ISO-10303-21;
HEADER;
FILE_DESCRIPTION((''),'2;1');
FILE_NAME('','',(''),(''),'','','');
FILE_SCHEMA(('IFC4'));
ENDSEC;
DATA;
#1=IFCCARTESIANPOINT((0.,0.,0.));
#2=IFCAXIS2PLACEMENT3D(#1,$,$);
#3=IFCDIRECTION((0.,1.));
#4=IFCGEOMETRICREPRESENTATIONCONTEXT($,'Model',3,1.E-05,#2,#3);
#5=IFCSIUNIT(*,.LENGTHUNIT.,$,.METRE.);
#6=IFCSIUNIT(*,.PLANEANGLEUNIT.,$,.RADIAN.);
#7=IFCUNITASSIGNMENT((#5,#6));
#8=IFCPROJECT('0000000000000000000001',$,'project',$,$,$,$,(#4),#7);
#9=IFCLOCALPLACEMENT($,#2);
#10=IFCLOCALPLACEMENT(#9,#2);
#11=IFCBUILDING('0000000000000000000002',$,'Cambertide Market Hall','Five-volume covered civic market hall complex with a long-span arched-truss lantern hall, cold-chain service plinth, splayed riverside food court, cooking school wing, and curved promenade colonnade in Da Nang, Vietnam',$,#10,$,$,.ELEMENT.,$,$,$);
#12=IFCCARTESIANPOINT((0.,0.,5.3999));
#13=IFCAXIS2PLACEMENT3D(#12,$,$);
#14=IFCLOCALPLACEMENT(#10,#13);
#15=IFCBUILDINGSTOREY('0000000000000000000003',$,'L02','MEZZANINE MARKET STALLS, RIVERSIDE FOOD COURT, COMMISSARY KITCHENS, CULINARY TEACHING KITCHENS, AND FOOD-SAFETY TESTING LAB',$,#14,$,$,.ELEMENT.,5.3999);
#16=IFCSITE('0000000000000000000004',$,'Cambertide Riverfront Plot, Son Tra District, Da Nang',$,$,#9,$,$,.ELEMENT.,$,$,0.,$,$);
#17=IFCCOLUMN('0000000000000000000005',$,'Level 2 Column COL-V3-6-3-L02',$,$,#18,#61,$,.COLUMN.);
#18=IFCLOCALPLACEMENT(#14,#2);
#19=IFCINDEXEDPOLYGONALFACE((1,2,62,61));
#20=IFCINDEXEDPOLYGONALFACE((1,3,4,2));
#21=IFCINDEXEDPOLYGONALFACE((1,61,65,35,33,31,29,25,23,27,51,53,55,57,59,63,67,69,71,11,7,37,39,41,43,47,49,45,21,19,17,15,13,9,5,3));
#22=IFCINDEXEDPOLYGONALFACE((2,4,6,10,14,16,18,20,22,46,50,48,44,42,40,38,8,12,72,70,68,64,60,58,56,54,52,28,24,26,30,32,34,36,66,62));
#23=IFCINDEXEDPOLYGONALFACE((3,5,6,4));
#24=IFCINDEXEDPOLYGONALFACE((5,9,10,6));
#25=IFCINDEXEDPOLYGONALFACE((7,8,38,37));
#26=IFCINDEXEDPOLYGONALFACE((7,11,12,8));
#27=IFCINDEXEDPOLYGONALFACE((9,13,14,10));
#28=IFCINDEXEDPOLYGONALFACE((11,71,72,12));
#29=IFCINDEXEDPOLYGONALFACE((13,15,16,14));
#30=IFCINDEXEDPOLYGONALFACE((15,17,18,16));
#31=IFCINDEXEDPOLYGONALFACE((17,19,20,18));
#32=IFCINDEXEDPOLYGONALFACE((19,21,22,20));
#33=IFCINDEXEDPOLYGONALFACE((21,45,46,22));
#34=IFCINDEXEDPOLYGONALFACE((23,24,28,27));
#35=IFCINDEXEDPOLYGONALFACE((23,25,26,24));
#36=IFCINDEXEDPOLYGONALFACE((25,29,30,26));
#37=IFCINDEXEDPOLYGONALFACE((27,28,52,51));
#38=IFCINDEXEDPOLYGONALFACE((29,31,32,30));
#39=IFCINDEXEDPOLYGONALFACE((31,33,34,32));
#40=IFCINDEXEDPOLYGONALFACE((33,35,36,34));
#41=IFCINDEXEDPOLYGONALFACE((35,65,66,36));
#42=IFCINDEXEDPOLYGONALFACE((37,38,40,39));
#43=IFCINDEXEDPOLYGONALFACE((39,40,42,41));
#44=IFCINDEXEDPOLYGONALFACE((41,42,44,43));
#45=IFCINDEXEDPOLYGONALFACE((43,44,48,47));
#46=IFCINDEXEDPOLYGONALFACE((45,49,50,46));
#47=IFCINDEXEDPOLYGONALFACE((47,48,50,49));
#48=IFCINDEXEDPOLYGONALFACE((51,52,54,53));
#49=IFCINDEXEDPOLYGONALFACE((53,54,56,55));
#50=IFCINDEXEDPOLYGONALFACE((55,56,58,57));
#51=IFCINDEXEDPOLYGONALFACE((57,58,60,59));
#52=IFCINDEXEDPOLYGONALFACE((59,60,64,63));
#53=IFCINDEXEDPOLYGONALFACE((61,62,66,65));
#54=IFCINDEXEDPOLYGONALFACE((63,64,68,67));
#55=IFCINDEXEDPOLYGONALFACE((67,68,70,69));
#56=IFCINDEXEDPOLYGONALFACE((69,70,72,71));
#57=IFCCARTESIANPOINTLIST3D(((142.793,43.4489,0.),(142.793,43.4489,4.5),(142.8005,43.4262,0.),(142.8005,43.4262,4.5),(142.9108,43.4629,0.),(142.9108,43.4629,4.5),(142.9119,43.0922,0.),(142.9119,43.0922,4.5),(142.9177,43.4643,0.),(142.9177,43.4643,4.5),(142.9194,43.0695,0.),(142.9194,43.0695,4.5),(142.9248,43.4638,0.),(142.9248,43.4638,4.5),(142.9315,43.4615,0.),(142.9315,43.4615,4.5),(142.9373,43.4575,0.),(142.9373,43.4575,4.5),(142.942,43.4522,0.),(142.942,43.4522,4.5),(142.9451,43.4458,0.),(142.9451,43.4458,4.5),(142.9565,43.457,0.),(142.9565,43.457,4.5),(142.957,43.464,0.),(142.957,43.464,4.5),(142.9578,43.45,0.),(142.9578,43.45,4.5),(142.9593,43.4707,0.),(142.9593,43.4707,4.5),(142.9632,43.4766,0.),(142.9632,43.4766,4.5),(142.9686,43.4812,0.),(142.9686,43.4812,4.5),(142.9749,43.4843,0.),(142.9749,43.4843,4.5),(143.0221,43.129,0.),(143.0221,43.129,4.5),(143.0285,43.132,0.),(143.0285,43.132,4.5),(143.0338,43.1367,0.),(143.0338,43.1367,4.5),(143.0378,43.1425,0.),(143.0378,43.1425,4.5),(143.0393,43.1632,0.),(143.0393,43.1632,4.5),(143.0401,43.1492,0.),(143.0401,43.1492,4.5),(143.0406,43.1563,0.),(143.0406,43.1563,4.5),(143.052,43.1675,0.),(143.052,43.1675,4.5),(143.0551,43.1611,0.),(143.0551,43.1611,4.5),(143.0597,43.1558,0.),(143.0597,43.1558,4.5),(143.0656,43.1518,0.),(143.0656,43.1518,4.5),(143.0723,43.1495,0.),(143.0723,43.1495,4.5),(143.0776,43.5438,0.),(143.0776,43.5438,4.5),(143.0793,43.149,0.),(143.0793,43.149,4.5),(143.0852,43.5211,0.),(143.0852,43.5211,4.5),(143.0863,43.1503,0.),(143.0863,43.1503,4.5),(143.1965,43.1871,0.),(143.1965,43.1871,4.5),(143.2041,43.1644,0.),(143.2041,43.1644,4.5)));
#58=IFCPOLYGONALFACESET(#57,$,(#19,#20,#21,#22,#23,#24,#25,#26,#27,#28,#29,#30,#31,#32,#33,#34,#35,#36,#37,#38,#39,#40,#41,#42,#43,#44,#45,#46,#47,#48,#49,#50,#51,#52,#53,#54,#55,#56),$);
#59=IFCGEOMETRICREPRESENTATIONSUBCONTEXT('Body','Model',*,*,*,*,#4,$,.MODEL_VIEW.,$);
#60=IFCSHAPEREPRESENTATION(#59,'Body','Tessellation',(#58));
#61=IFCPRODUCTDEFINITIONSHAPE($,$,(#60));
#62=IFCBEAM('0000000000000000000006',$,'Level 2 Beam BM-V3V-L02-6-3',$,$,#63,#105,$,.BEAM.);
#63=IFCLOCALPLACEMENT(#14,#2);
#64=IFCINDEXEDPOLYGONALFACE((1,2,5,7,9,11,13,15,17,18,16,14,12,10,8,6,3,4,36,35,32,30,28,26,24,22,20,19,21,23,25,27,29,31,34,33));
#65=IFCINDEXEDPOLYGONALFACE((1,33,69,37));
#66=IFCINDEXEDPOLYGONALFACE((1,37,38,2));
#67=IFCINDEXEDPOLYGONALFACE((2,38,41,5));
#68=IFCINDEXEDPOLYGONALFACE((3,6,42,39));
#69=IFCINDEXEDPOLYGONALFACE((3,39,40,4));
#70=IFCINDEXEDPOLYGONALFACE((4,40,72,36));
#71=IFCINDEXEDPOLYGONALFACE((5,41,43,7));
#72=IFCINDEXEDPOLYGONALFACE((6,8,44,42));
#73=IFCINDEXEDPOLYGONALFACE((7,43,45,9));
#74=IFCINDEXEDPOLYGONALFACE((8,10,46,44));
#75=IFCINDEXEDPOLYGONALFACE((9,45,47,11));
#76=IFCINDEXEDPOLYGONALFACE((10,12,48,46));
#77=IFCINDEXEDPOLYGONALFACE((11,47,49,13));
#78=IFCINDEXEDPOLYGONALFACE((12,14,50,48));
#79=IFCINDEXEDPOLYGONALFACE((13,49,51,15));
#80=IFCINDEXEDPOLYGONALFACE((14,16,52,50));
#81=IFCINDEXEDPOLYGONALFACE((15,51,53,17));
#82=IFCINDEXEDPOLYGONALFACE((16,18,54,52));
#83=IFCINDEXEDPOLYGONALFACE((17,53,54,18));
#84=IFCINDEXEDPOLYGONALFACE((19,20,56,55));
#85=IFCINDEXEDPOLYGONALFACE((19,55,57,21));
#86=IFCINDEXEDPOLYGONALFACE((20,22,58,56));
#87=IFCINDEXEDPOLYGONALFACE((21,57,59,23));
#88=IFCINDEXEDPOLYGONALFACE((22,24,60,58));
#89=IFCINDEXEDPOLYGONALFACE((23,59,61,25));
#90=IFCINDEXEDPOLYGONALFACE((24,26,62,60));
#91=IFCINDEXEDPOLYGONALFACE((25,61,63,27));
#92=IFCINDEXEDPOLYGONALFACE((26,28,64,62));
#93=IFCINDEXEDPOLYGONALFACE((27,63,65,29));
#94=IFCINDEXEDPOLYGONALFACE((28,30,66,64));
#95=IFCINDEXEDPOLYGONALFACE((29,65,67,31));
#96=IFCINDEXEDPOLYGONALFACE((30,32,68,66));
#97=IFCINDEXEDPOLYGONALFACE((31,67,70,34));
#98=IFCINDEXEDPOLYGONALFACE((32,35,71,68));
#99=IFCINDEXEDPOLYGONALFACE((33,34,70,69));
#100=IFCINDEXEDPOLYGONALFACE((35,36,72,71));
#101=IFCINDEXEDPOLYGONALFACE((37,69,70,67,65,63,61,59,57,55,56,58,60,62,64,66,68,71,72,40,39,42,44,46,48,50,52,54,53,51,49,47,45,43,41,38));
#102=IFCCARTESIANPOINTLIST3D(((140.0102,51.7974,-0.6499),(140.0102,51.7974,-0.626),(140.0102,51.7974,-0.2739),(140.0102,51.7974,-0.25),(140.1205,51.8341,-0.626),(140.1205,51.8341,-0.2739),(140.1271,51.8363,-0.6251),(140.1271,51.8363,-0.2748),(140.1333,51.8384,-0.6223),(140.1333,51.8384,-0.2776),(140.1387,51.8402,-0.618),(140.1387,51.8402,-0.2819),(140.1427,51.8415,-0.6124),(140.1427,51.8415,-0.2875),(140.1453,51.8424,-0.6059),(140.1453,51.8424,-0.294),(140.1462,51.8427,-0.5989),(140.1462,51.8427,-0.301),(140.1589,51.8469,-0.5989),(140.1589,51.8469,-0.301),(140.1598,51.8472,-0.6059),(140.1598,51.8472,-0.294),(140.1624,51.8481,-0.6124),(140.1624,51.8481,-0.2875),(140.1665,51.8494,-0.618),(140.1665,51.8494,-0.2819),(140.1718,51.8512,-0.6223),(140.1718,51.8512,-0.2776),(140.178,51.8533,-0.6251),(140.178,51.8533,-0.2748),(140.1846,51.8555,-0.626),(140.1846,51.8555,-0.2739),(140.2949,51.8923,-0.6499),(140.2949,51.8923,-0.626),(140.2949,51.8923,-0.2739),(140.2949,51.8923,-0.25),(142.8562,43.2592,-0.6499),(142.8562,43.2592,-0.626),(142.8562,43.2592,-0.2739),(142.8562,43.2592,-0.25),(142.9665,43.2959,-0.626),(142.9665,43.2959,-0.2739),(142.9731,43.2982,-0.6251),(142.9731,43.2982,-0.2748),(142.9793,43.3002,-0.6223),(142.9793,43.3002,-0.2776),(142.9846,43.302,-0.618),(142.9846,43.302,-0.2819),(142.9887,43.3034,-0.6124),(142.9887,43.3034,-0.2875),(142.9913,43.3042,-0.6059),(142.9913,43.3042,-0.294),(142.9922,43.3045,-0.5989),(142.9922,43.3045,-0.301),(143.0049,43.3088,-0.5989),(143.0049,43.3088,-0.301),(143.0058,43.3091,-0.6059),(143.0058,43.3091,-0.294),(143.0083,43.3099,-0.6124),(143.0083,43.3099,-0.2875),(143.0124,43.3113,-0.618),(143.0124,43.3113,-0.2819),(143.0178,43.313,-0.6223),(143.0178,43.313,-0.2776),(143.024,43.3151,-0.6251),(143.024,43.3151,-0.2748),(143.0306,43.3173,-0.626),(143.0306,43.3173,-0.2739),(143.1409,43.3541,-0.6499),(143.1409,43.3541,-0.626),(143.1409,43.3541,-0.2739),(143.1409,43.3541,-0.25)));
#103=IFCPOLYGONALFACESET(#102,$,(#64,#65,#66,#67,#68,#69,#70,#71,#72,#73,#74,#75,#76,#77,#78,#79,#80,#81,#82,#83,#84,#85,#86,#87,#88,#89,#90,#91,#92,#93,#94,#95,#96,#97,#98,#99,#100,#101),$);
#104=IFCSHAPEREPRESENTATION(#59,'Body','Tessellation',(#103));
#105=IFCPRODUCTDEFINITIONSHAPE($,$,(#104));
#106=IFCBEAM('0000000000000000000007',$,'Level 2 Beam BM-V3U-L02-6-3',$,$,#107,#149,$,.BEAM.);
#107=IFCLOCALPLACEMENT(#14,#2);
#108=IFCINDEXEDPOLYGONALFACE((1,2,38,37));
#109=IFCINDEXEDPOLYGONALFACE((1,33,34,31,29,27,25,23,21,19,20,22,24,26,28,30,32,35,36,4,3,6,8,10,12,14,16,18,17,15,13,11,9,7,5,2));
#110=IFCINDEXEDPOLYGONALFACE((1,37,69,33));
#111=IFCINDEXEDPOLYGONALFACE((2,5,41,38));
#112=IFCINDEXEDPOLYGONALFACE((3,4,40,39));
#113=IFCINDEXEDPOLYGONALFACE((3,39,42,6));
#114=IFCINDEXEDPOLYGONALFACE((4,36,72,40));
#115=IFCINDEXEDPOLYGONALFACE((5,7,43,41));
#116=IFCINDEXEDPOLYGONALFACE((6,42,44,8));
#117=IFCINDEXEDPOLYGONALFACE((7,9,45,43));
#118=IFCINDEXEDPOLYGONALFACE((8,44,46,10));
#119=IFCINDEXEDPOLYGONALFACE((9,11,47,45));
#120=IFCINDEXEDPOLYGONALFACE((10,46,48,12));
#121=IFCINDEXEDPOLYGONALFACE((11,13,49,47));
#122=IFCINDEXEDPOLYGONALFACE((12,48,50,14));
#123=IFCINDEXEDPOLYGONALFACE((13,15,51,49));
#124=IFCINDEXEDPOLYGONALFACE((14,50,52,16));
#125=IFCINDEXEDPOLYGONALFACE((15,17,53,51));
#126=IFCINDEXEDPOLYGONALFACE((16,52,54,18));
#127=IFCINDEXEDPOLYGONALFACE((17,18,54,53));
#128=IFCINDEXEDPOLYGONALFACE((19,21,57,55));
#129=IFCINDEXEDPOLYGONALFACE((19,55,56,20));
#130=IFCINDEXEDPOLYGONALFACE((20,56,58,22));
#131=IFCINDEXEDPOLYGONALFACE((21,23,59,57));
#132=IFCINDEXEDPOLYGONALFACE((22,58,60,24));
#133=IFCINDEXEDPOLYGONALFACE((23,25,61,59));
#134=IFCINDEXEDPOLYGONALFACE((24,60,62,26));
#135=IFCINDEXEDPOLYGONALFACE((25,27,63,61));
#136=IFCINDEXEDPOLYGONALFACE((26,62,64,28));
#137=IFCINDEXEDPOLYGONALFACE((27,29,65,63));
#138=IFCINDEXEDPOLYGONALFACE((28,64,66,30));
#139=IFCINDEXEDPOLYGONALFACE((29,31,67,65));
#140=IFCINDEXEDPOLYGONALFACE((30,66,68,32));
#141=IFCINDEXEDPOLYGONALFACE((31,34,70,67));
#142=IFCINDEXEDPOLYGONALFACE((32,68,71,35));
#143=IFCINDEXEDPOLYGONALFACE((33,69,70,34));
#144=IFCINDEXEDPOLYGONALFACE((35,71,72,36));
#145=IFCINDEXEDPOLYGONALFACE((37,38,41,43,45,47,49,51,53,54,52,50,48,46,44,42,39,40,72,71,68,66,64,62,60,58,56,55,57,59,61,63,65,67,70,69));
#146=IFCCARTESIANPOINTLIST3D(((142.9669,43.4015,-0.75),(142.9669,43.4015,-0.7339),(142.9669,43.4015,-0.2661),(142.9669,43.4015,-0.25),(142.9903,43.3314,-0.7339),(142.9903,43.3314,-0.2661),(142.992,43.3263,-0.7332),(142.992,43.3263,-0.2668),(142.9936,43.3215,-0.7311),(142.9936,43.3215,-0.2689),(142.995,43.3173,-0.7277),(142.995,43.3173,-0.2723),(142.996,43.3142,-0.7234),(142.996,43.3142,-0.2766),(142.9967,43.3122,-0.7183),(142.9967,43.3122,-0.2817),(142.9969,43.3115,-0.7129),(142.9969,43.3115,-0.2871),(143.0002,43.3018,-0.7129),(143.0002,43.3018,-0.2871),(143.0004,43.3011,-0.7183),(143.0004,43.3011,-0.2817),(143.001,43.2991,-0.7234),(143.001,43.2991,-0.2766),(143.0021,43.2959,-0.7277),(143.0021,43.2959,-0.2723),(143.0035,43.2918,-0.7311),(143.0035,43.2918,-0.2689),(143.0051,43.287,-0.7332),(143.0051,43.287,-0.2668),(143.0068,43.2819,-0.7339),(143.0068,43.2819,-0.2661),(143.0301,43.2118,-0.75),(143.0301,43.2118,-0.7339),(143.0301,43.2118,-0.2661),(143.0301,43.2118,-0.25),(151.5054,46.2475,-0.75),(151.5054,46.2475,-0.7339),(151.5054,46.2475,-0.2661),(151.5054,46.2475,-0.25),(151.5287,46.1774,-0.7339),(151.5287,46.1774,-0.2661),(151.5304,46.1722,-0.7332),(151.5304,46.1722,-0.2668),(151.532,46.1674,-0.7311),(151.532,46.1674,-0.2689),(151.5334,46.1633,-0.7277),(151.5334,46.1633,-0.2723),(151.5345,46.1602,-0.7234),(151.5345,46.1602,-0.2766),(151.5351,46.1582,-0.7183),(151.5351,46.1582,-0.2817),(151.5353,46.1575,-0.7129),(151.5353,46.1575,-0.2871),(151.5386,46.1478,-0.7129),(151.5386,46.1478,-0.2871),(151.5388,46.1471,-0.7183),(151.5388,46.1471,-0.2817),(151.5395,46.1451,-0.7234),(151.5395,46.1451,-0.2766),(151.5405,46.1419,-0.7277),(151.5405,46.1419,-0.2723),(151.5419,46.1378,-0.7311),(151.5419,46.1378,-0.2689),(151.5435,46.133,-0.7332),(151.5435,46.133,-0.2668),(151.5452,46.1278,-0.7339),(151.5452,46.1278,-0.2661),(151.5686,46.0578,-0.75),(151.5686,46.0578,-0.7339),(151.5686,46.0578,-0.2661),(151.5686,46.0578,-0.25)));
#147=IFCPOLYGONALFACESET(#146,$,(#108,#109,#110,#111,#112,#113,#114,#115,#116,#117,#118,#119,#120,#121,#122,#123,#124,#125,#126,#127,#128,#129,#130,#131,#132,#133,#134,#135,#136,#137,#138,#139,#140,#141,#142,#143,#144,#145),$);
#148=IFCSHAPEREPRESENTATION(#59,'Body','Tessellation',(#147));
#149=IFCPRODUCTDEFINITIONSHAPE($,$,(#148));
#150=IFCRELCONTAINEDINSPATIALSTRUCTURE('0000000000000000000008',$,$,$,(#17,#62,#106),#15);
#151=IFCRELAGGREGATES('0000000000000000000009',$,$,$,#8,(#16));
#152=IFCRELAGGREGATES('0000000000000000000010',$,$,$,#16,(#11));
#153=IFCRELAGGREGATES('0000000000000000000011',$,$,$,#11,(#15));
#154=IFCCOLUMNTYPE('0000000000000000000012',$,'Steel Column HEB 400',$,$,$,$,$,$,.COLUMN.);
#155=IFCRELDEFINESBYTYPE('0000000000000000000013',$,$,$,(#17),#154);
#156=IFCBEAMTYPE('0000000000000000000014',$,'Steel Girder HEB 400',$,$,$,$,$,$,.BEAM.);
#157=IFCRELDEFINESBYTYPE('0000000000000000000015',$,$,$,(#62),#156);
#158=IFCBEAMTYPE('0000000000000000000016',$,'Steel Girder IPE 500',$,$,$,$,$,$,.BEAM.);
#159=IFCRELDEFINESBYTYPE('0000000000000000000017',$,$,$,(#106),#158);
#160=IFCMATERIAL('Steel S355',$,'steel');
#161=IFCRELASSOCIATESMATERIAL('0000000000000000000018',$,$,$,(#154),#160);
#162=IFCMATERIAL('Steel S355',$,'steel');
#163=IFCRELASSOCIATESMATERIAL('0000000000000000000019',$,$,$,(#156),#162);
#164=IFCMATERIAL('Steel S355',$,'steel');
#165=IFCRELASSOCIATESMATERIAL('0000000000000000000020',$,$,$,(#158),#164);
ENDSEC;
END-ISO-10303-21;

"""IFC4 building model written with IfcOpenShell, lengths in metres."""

from ifc_helpers import new_model, si_unit, direction, frame, origin, origin_2d, place, context, subcontext, project, spatial, i_section, extrude, material, material_profile, profile_set, type_object, element, save


model = new_model("IFC4")

# Units and contexts
model_context = context("Model", 3, precision=1e-05, world=origin(), true_north=direction((0.0, 1.0)))
body_context = subcontext(model_context, "Body", "Model", "MODEL_VIEW")
ifc_project = project(units=[si_unit("LENGTHUNIT", "METRE"), si_unit("PLANEANGLEUNIT", "RADIAN")], contexts=[model_context])

# Site, building, storey
site_placement = place(None, origin())
site = spatial("IfcSite", under=ifc_project, at=site_placement, Name="Cambertide Riverfront Plot, Son Tra District, Da Nang", CompositionType="ELEMENT", RefElevation=0.0)
building_placement = place(site_placement, origin())
building = spatial("IfcBuilding", under=site, at=building_placement, Name="Cambertide Market Hall", Description="Five-volume covered civic market hall complex with a long-span arched-truss lantern hall, cold-chain service plinth, splayed riverside food court, cooking school wing, and curved promenade colonnade in Da Nang, Vietnam", CompositionType="ELEMENT")
storey_placement = place(building_placement, frame((0.0, 0.0, 5.3999)))
storey = spatial("IfcBuildingStorey", under=building, at=storey_placement, Name="L02", Description="MEZZANINE MARKET STALLS, RIVERSIDE FOOD COURT, COMMISSARY KITCHENS, CULINARY TEACHING KITCHENS, AND FOOD-SAFETY TESTING LAB", CompositionType="ELEMENT", Elevation=5.3999)

# Column
ifc_material_1 = material(Name="Steel S355", Category="steel")
ifc_material_profile_1 = material_profile(ifc_material_1, i_section(OverallWidth=0.3, OverallDepth=0.3999, WebThickness=0.0134, FlangeThickness=0.0239, FilletRadius=0.0271, at=origin_2d()), Name="HEB 400")
ifc_profile_set_1 = profile_set([ifc_material_profile_1], Name="Steel S355")
column_type = type_object("IfcColumnType", Name="Steel Column HEB 400", PredefinedType="COLUMN", material=ifc_profile_set_1)
column_placement = place(storey_placement, frame((142.9985, 43.3066, 0.0), z_axis=(0.0, 0.0, 1.0), x_axis=(0.948683, 0.316228, 0.0)))
element("IfcColumn", 1, at=column_placement, inside=storey, type_object=column_type, Name="Level 2 Column COL-V3-6-3-L02", PredefinedType="COLUMN", context=body_context, shape_type="SweptSolid", body=[
    extrude(i_section(OverallWidth=0.3, OverallDepth=0.3999, WebThickness=0.0134, FlangeThickness=0.0239, FilletRadius=0.0271, at=origin_2d()), origin(), (0.0, 0.0, 1.0), 4.5),
])

# Beams
ifc_material_2 = material(Name="Steel S355", Category="steel")
ifc_material_profile_2 = material_profile(ifc_material_2, i_section(OverallWidth=0.3, OverallDepth=0.3999, WebThickness=0.0134, FlangeThickness=0.0239, FilletRadius=0.0271, at=origin_2d()), Name="HEB 400")
ifc_profile_set_2 = profile_set([ifc_material_profile_2], Name="Steel S355")
beam_type_1 = type_object("IfcBeamType", Name="Steel Girder HEB 400", PredefinedType="BEAM", material=ifc_profile_set_2)
beam_1_placement = place(storey_placement, frame((142.9985, 43.3066, -0.45), z_axis=(-0.31622, 0.948686, 0.0), x_axis=(-0.948686, -0.31622, 0.0)))
element("IfcBeam", 2, at=beam_1_placement, inside=storey, type_object=beam_type_1, Name="Level 2 Beam BM-V3V-L02-6-3", PredefinedType="BEAM", context=body_context, shape_type="SweptSolid", body=[
    extrude(i_section(OverallWidth=0.3, OverallDepth=0.3999, WebThickness=0.0134, FlangeThickness=0.0239, FilletRadius=0.0271, at=origin_2d()), origin(), (0.0, 0.0, 1.0), 9.0),
])
ifc_material_3 = material(Name="Steel S355", Category="steel")
ifc_material_profile_3 = material_profile(ifc_material_3, i_section(OverallWidth=0.2, OverallDepth=0.5, WebThickness=0.0103, FlangeThickness=0.0161, FilletRadius=0.021, at=origin_2d()), Name="IPE 500")
ifc_profile_set_3 = profile_set([ifc_material_profile_3], Name="Steel S355")
beam_type_2 = type_object("IfcBeamType", Name="Steel Girder IPE 500", PredefinedType="BEAM", material=ifc_profile_set_3)
beam_2_placement = place(storey_placement, frame((142.9985, 43.3066, -0.5), z_axis=(0.948689, 0.316211, 0.0), x_axis=(-0.316211, 0.948689, 0.0)))
element("IfcBeam", 3, at=beam_2_placement, inside=storey, type_object=beam_type_2, Name="Level 2 Beam BM-V3U-L02-6-3", PredefinedType="BEAM", context=body_context, shape_type="SweptSolid", body=[
    extrude(i_section(OverallWidth=0.2, OverallDepth=0.5, WebThickness=0.0103, FlangeThickness=0.0161, FilletRadius=0.021, at=origin_2d()), origin(), (0.0, 0.0, 1.0), 9.0002),
])

save(model, "model.ifc")
